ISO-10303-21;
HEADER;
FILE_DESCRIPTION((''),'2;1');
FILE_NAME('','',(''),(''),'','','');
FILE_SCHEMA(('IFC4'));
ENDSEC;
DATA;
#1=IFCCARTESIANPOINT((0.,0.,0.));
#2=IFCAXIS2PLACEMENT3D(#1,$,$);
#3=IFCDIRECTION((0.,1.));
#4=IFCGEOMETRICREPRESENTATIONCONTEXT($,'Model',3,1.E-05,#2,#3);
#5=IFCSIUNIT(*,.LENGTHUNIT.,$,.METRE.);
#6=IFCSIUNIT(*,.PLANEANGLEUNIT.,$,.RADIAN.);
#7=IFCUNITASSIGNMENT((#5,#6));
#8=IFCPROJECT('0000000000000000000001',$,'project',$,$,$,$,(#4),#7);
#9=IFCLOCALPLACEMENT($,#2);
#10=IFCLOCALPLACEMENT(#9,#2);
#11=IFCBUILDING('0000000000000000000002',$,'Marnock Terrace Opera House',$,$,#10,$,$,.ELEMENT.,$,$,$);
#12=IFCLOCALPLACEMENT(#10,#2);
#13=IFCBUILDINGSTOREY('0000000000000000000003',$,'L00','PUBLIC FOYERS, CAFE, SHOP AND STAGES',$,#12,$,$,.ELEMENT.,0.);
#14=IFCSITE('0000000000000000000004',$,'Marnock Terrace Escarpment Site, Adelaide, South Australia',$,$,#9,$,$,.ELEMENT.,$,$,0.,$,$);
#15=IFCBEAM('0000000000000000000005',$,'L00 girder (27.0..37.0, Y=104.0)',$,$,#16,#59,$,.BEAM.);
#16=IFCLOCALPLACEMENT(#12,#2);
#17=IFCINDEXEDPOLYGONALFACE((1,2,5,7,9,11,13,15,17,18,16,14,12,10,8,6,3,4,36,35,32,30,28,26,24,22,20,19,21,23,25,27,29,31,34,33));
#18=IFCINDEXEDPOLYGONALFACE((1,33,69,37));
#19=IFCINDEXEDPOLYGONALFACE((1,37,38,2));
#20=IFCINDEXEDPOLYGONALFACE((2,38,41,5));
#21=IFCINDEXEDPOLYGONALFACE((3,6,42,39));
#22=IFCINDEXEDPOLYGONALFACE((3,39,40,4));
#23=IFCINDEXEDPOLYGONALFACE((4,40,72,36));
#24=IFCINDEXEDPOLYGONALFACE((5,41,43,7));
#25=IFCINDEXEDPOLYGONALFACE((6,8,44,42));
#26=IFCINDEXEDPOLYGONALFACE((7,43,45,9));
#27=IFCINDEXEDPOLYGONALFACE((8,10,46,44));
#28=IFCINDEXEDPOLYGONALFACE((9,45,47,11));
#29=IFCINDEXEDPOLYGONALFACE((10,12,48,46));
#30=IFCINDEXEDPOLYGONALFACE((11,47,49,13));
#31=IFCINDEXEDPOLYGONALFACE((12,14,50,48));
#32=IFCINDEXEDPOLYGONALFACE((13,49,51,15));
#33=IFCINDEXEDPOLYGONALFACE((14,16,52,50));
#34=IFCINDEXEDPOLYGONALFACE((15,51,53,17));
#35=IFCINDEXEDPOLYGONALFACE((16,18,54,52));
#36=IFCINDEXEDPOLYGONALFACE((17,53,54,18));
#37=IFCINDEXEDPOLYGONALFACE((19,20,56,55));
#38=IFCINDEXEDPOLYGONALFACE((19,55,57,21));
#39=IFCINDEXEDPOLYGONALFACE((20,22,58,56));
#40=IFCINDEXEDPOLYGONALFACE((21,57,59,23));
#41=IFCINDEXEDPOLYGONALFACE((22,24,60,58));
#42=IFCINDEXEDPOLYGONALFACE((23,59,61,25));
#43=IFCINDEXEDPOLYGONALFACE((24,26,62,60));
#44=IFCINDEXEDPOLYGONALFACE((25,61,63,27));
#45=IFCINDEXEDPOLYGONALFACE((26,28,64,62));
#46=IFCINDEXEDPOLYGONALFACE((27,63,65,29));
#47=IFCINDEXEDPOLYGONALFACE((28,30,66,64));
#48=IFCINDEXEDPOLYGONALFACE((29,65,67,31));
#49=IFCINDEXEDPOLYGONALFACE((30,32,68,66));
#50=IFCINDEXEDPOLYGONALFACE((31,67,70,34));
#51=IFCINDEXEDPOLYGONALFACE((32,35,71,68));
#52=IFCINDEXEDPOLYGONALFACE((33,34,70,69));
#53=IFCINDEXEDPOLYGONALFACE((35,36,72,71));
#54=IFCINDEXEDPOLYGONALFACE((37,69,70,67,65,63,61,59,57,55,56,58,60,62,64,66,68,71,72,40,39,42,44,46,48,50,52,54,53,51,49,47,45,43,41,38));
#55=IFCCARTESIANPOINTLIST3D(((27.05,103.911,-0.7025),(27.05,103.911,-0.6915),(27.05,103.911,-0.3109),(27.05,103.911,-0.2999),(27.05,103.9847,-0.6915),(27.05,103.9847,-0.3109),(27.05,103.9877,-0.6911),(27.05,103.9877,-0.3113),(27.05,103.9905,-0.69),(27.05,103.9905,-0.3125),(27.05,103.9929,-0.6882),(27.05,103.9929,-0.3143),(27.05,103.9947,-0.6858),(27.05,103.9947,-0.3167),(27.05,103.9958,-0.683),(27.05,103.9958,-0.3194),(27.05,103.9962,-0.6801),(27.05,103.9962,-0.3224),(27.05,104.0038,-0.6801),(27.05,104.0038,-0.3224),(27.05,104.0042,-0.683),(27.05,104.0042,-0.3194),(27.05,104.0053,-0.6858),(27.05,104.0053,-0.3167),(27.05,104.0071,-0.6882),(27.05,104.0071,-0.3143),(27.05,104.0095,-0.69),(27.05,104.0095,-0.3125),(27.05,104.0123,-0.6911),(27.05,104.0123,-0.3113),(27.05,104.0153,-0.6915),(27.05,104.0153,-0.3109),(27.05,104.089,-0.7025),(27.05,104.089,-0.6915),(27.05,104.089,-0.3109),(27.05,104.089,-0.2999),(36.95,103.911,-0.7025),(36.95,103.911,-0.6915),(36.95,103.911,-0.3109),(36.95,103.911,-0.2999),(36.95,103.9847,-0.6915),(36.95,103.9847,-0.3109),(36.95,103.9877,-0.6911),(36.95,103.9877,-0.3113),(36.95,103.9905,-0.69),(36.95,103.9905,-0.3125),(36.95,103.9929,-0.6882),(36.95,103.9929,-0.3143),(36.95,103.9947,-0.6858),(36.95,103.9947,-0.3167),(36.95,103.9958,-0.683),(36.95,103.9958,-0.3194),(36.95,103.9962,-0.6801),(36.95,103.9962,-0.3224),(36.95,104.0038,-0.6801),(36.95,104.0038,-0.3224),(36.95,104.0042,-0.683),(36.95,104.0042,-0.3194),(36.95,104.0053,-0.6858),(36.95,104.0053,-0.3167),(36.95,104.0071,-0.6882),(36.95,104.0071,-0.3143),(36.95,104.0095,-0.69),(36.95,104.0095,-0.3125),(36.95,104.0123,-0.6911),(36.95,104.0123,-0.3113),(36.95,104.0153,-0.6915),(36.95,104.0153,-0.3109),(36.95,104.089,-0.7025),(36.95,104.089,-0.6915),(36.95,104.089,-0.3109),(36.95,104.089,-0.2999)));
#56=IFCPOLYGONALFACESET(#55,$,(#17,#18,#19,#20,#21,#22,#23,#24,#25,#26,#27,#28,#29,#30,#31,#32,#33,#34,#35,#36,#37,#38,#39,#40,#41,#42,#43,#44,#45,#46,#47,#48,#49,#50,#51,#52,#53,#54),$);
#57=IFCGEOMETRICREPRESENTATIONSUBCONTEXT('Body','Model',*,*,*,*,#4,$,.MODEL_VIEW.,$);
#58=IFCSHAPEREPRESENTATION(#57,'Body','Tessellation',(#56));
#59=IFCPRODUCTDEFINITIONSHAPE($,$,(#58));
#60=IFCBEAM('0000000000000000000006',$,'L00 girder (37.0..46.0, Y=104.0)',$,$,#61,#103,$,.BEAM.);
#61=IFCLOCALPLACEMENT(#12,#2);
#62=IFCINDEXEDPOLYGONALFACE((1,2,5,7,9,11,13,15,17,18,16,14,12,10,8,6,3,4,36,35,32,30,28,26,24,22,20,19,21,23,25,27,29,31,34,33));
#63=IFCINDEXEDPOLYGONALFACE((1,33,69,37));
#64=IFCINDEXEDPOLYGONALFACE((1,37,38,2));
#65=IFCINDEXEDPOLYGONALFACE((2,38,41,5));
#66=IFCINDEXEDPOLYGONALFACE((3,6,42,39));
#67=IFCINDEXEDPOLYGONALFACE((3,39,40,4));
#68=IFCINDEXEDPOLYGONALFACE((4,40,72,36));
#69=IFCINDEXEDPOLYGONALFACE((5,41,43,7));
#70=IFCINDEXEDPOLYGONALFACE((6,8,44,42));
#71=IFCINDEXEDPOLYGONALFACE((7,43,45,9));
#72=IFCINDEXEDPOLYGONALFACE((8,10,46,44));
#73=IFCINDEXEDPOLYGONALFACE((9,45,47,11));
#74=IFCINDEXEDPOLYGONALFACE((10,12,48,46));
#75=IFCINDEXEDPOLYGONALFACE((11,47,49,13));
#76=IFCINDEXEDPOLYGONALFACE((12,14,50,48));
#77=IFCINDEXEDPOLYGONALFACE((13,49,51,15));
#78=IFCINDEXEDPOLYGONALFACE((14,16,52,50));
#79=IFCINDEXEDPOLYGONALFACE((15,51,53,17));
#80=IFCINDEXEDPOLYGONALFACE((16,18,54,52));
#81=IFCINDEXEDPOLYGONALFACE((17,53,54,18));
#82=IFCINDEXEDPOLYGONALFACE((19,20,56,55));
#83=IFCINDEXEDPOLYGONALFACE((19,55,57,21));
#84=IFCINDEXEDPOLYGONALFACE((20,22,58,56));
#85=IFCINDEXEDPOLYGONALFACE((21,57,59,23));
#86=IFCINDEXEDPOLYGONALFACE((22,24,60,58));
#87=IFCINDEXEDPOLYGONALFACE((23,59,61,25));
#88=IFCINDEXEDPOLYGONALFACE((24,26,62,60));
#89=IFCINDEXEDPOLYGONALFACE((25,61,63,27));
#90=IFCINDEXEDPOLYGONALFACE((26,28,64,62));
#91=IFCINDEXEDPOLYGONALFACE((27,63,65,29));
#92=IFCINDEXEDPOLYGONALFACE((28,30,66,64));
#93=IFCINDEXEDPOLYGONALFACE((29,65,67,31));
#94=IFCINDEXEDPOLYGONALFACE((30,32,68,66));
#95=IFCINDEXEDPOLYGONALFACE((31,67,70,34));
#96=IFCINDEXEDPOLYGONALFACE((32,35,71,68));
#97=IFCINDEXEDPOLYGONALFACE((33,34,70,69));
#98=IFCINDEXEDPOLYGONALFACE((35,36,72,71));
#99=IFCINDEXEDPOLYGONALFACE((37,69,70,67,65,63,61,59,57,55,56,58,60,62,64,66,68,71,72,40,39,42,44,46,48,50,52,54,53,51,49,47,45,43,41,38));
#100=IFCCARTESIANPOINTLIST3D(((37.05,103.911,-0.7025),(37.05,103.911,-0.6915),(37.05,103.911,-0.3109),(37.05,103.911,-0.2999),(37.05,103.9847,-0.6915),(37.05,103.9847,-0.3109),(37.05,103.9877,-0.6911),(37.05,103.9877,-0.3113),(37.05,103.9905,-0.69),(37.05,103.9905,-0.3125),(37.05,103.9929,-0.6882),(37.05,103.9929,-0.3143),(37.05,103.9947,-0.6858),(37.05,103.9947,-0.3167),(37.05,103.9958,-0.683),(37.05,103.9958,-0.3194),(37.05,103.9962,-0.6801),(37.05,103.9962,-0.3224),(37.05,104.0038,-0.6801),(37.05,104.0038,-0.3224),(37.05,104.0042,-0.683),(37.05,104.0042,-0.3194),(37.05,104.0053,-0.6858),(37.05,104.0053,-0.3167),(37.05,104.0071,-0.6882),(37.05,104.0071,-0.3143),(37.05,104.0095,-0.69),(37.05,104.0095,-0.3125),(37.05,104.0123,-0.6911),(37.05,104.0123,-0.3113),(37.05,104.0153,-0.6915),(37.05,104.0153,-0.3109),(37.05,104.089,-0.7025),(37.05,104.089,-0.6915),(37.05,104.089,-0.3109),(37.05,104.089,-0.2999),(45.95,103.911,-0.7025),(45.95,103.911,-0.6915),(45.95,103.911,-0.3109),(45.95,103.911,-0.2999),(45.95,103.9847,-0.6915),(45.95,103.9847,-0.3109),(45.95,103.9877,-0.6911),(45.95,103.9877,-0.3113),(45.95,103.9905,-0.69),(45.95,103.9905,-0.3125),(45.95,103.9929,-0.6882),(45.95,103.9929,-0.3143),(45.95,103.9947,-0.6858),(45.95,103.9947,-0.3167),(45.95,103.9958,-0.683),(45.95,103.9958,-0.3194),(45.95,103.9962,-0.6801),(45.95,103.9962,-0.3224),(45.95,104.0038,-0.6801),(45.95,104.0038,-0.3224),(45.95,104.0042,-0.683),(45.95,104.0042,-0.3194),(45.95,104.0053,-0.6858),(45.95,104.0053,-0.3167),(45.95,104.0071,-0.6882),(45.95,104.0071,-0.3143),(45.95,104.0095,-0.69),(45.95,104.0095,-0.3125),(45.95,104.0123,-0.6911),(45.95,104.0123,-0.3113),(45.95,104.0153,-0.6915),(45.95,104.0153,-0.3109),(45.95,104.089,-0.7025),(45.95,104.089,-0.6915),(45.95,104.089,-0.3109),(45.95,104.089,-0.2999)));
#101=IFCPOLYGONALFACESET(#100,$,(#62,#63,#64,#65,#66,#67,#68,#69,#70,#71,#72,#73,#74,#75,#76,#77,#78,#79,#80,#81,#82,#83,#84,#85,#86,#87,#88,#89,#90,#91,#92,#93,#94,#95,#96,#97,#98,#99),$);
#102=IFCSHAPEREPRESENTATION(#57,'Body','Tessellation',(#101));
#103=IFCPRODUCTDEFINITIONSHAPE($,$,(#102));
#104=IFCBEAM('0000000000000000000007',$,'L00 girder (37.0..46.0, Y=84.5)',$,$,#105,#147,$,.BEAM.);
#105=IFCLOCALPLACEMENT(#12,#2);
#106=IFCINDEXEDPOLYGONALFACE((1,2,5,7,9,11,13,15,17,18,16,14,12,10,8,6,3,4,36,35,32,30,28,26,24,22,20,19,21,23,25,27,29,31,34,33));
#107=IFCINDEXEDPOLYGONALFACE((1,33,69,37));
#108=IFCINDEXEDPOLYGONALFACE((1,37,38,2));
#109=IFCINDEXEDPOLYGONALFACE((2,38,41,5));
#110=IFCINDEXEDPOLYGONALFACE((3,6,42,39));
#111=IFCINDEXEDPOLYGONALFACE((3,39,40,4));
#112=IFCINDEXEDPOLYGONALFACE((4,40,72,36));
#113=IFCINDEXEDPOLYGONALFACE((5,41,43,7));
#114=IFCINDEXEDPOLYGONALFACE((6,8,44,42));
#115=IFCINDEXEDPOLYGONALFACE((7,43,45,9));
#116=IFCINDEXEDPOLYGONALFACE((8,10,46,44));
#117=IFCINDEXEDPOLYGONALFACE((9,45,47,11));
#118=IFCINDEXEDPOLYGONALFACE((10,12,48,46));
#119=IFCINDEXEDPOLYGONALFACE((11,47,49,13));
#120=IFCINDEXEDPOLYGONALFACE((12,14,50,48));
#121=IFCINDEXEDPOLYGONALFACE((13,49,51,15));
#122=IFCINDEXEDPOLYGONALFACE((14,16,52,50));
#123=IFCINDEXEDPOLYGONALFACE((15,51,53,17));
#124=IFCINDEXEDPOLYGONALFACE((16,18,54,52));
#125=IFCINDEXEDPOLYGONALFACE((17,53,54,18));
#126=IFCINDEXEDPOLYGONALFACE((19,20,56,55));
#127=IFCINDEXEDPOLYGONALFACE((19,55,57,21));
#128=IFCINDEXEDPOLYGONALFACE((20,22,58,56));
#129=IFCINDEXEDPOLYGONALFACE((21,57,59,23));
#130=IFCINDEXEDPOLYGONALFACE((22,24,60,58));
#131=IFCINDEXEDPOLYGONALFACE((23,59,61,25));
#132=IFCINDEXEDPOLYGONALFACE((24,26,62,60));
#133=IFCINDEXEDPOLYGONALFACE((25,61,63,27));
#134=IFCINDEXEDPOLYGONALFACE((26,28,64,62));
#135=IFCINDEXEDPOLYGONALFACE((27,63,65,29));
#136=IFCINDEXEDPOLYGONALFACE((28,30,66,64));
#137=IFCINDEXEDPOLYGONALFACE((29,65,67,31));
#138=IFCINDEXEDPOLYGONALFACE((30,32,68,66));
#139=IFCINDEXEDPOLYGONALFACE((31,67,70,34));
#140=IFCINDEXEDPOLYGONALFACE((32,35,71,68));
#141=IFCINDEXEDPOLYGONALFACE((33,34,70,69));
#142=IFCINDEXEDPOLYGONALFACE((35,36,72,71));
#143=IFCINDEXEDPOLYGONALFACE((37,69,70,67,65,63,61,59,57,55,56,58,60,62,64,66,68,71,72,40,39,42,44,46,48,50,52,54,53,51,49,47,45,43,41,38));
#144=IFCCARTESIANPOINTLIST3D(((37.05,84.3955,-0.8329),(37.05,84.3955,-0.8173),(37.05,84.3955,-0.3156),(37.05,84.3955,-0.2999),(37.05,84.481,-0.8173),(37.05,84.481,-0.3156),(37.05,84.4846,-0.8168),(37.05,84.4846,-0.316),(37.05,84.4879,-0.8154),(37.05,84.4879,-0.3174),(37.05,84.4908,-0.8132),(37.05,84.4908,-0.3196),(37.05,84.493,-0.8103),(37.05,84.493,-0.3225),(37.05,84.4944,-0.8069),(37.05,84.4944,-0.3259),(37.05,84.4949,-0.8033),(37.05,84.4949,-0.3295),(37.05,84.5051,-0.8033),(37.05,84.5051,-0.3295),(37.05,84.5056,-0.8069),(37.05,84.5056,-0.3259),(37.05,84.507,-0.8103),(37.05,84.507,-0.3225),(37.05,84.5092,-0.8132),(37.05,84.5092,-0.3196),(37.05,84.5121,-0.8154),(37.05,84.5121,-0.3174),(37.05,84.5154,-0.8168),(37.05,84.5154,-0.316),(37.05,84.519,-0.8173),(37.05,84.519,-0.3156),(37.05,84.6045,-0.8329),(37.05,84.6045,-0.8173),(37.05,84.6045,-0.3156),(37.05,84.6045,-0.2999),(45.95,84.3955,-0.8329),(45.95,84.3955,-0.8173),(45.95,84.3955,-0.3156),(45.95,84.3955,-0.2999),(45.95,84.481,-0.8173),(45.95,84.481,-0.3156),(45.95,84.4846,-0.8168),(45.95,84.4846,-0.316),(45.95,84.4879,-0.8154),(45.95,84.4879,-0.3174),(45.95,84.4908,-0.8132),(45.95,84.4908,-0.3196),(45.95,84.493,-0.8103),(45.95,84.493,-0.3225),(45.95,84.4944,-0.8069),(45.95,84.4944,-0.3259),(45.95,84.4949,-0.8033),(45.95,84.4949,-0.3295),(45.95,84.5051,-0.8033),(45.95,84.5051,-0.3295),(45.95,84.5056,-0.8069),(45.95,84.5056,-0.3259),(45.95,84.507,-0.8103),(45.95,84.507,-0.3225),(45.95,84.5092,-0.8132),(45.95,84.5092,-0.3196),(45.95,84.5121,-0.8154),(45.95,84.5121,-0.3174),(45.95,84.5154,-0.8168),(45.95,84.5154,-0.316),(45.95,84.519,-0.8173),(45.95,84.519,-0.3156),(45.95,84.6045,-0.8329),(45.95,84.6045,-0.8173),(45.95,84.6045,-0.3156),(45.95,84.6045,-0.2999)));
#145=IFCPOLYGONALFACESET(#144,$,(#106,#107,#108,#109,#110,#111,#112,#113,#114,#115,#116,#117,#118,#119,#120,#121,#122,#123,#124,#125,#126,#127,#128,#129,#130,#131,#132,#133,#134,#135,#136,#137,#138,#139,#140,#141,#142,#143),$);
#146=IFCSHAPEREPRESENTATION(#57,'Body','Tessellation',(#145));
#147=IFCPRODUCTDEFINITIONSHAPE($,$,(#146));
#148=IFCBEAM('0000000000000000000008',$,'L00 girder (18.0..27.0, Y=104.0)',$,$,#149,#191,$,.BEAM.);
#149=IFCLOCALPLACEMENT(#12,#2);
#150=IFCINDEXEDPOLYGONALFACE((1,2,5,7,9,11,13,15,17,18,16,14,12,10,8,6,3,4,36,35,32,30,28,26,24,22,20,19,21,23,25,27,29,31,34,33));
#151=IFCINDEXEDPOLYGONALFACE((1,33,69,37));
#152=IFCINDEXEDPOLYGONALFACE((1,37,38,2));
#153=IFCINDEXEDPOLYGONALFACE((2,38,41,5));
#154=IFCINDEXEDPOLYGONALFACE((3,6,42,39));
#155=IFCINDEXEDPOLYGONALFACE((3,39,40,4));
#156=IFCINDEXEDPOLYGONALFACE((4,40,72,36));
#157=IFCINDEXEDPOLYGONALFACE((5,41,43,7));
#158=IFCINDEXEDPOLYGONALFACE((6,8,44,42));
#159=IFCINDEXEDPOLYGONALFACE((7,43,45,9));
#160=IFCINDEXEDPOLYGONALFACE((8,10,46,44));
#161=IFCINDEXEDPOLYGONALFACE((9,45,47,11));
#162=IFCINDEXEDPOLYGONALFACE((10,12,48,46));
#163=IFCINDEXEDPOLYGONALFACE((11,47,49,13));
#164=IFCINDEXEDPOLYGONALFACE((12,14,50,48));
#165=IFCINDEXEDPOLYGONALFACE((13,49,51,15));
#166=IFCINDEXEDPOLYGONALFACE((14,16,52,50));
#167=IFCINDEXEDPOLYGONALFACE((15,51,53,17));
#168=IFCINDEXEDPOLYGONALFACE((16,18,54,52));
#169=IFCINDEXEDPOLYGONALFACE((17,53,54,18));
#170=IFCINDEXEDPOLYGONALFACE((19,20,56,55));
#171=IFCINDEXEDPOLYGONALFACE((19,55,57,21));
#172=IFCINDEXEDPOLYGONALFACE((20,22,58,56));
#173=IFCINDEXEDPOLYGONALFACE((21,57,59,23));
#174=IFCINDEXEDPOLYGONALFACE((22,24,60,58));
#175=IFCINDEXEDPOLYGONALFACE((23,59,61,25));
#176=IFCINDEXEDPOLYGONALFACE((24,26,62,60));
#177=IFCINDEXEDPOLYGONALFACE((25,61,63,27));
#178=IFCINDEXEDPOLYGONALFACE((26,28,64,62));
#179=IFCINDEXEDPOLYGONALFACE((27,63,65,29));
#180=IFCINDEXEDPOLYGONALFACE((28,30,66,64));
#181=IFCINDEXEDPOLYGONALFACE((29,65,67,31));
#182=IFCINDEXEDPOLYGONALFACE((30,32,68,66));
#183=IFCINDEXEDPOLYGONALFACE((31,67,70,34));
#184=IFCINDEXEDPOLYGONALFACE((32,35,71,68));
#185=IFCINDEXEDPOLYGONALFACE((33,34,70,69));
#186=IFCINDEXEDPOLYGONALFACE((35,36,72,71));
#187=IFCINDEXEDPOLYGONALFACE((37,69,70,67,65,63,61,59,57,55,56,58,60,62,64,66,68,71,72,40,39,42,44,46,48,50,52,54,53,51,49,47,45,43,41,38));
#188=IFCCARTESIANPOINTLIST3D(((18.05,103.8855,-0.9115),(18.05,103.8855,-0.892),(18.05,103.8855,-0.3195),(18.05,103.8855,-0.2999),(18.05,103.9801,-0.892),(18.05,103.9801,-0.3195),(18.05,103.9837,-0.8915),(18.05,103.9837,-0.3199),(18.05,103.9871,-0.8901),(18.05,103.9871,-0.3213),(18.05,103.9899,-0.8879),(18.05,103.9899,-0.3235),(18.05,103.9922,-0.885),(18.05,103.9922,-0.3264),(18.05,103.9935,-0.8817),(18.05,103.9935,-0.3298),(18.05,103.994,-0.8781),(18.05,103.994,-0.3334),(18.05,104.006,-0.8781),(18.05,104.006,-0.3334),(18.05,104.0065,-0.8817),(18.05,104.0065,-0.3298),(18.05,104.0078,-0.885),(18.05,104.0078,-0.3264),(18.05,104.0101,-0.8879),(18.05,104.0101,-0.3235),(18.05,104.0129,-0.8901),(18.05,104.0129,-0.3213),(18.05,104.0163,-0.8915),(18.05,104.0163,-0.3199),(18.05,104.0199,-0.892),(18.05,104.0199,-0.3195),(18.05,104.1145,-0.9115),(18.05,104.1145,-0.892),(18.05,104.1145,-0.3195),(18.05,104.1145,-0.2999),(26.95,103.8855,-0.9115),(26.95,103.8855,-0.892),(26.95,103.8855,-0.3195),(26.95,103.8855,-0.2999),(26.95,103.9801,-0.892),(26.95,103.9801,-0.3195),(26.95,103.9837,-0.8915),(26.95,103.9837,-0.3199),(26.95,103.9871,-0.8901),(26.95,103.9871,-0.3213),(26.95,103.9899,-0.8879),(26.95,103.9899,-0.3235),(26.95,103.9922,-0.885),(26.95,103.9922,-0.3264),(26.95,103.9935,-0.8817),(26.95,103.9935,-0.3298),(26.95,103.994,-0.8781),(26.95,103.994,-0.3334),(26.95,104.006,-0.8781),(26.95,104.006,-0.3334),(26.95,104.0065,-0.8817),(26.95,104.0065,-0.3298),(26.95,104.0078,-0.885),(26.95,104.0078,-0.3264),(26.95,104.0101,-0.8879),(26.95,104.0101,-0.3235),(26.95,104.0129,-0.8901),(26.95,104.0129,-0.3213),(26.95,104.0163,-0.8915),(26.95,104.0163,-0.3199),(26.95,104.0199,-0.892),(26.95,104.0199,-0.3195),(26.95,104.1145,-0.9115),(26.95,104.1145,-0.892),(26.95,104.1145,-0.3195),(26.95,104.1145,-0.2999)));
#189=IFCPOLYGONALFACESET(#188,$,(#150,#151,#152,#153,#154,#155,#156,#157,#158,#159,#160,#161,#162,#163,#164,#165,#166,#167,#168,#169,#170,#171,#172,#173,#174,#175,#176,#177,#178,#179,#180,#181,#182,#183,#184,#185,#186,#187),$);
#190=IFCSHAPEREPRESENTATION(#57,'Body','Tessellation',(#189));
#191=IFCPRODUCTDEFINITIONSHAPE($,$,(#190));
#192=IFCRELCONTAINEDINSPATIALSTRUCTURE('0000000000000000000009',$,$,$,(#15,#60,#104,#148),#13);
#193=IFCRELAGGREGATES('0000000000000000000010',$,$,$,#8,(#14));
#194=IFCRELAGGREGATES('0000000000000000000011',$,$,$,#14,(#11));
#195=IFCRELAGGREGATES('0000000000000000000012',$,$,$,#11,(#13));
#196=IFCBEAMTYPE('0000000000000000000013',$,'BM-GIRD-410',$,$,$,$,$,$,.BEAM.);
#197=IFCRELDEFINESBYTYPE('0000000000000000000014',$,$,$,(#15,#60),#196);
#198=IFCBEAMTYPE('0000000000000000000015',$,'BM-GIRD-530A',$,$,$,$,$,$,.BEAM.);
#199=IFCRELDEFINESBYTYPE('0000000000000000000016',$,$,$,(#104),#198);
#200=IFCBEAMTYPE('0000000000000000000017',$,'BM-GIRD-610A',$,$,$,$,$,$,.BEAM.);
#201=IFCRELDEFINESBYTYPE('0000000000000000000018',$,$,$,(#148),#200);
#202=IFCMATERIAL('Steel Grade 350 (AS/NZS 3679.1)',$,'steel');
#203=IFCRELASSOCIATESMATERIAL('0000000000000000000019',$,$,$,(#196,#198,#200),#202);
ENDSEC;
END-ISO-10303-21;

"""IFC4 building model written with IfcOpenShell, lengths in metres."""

from ifc_helpers import new_model, si_unit, direction, frame, origin, origin_2d, place, context, subcontext, project, spatial, i_section, extrude, material, material_profile, profile_set, type_object, element, save


model = new_model("IFC4")

# Units and contexts
model_context = context("Model", 3, precision=1e-05, world=origin(), true_north=direction((0.0, 1.0)))
body_context = subcontext(model_context, "Body", "Model", "MODEL_VIEW")
ifc_project = project(units=[si_unit("LENGTHUNIT", "METRE"), si_unit("PLANEANGLEUNIT", "RADIAN")], contexts=[model_context])

# Site, building, storey
site_placement = place(None, origin())
site = spatial("IfcSite", under=ifc_project, at=site_placement, Name="Marnock Terrace Escarpment Site, Adelaide, South Australia", CompositionType="ELEMENT", RefElevation=0.0)
building_placement = place(site_placement, origin())
building = spatial("IfcBuilding", under=site, at=building_placement, Name="Marnock Terrace Opera House", CompositionType="ELEMENT")
storey_placement = place(building_placement, origin())
storey = spatial("IfcBuildingStorey", under=building, at=storey_placement, Name="L00", Description="PUBLIC FOYERS, CAFE, SHOP AND STAGES", CompositionType="ELEMENT", Elevation=0.0)

# Shared definitions
ifc_material_1 = material(Name="Steel Grade 350 (AS/NZS 3679.1)", Category="steel")

# Beams
ifc_material_profile_1 = material_profile(ifc_material_1, i_section(OverallWidth=0.178, OverallDepth=0.4026, WebThickness=0.0076, FlangeThickness=0.011, FilletRadius=0.0115, at=origin_2d()))
ifc_profile_set_1 = profile_set([ifc_material_profile_1], Name="Steel Grade 350 (AS/NZS 3679.1)")
beam_type_1 = type_object("IfcBeamType", Name="BM-GIRD-410", PredefinedType="BEAM", material=ifc_profile_set_1)
beam_1_placement = place(storey_placement, frame((27.05, 104.0, -0.5012), z_axis=(1.0, 0.0, 0.0), x_axis=(0.0, 1.0, 0.0)))
element("IfcBeam", 1, at=beam_1_placement, inside=storey, type_object=beam_type_1, Name="L00 girder (27.0..37.0, Y=104.0)", PredefinedType="BEAM", context=body_context, shape_type="SweptSolid", body=[
    extrude(i_section(OverallWidth=0.178, OverallDepth=0.4026, WebThickness=0.0076, FlangeThickness=0.011, FilletRadius=0.0115, at=origin_2d()), origin(), (0.0, 0.0, 1.0), 9.8999),
])
beam_2_placement = place(storey_placement, frame((37.05, 104.0, -0.5012), z_axis=(1.0, 0.0, 0.0), x_axis=(0.0, 1.0, 0.0)))
element("IfcBeam", 2, at=beam_2_placement, inside=storey, type_object=beam_type_1, Name="L00 girder (37.0..46.0, Y=104.0)", PredefinedType="BEAM", context=body_context, shape_type="SweptSolid", body=[
    extrude(i_section(OverallWidth=0.178, OverallDepth=0.4026, WebThickness=0.0076, FlangeThickness=0.011, FilletRadius=0.0115, at=origin_2d()), origin(), (0.0, 0.0, 1.0), 8.8999),
])
ifc_material_profile_2 = material_profile(ifc_material_1, i_section(OverallWidth=0.209, OverallDepth=0.533, WebThickness=0.0103, FlangeThickness=0.0156, FilletRadius=0.0139, at=origin_2d()))
ifc_profile_set_2 = profile_set([ifc_material_profile_2], Name="Steel Grade 350 (AS/NZS 3679.1)")
beam_type_2 = type_object("IfcBeamType", Name="BM-GIRD-530A", PredefinedType="BEAM", material=ifc_profile_set_2)
beam_3_placement = place(storey_placement, frame((37.05, 84.5, -0.5664), z_axis=(1.0, 0.0, 0.0), x_axis=(0.0, 1.0, 0.0)))
element("IfcBeam", 3, at=beam_3_placement, inside=storey, type_object=beam_type_2, Name="L00 girder (37.0..46.0, Y=84.5)", PredefinedType="BEAM", context=body_context, shape_type="SweptSolid", body=[
    extrude(i_section(OverallWidth=0.209, OverallDepth=0.533, WebThickness=0.0103, FlangeThickness=0.0156, FilletRadius=0.0139, at=origin_2d()), origin(), (0.0, 0.0, 1.0), 8.8999),
])
ifc_material_profile_3 = material_profile(ifc_material_1, i_section(OverallWidth=0.229, OverallDepth=0.6116, WebThickness=0.012, FlangeThickness=0.0195, FilletRadius=0.0139, at=origin_2d()))
ifc_profile_set_3 = profile_set([ifc_material_profile_3], Name="Steel Grade 350 (AS/NZS 3679.1)")
beam_type_3 = type_object("IfcBeamType", Name="BM-GIRD-610A", PredefinedType="BEAM", material=ifc_profile_set_3)
beam_4_placement = place(storey_placement, frame((18.05, 104.0, -0.6057), z_axis=(1.0, 0.0, 0.0), x_axis=(0.0, 1.0, 0.0)))
element("IfcBeam", 4, at=beam_4_placement, inside=storey, type_object=beam_type_3, Name="L00 girder (18.0..27.0, Y=104.0)", PredefinedType="BEAM", context=body_context, shape_type="SweptSolid", body=[
    extrude(i_section(OverallWidth=0.229, OverallDepth=0.6116, WebThickness=0.012, FlangeThickness=0.0195, FilletRadius=0.0139, at=origin_2d()), origin(), (0.0, 0.0, 1.0), 8.8999),
])

save(model, "model.ifc")
